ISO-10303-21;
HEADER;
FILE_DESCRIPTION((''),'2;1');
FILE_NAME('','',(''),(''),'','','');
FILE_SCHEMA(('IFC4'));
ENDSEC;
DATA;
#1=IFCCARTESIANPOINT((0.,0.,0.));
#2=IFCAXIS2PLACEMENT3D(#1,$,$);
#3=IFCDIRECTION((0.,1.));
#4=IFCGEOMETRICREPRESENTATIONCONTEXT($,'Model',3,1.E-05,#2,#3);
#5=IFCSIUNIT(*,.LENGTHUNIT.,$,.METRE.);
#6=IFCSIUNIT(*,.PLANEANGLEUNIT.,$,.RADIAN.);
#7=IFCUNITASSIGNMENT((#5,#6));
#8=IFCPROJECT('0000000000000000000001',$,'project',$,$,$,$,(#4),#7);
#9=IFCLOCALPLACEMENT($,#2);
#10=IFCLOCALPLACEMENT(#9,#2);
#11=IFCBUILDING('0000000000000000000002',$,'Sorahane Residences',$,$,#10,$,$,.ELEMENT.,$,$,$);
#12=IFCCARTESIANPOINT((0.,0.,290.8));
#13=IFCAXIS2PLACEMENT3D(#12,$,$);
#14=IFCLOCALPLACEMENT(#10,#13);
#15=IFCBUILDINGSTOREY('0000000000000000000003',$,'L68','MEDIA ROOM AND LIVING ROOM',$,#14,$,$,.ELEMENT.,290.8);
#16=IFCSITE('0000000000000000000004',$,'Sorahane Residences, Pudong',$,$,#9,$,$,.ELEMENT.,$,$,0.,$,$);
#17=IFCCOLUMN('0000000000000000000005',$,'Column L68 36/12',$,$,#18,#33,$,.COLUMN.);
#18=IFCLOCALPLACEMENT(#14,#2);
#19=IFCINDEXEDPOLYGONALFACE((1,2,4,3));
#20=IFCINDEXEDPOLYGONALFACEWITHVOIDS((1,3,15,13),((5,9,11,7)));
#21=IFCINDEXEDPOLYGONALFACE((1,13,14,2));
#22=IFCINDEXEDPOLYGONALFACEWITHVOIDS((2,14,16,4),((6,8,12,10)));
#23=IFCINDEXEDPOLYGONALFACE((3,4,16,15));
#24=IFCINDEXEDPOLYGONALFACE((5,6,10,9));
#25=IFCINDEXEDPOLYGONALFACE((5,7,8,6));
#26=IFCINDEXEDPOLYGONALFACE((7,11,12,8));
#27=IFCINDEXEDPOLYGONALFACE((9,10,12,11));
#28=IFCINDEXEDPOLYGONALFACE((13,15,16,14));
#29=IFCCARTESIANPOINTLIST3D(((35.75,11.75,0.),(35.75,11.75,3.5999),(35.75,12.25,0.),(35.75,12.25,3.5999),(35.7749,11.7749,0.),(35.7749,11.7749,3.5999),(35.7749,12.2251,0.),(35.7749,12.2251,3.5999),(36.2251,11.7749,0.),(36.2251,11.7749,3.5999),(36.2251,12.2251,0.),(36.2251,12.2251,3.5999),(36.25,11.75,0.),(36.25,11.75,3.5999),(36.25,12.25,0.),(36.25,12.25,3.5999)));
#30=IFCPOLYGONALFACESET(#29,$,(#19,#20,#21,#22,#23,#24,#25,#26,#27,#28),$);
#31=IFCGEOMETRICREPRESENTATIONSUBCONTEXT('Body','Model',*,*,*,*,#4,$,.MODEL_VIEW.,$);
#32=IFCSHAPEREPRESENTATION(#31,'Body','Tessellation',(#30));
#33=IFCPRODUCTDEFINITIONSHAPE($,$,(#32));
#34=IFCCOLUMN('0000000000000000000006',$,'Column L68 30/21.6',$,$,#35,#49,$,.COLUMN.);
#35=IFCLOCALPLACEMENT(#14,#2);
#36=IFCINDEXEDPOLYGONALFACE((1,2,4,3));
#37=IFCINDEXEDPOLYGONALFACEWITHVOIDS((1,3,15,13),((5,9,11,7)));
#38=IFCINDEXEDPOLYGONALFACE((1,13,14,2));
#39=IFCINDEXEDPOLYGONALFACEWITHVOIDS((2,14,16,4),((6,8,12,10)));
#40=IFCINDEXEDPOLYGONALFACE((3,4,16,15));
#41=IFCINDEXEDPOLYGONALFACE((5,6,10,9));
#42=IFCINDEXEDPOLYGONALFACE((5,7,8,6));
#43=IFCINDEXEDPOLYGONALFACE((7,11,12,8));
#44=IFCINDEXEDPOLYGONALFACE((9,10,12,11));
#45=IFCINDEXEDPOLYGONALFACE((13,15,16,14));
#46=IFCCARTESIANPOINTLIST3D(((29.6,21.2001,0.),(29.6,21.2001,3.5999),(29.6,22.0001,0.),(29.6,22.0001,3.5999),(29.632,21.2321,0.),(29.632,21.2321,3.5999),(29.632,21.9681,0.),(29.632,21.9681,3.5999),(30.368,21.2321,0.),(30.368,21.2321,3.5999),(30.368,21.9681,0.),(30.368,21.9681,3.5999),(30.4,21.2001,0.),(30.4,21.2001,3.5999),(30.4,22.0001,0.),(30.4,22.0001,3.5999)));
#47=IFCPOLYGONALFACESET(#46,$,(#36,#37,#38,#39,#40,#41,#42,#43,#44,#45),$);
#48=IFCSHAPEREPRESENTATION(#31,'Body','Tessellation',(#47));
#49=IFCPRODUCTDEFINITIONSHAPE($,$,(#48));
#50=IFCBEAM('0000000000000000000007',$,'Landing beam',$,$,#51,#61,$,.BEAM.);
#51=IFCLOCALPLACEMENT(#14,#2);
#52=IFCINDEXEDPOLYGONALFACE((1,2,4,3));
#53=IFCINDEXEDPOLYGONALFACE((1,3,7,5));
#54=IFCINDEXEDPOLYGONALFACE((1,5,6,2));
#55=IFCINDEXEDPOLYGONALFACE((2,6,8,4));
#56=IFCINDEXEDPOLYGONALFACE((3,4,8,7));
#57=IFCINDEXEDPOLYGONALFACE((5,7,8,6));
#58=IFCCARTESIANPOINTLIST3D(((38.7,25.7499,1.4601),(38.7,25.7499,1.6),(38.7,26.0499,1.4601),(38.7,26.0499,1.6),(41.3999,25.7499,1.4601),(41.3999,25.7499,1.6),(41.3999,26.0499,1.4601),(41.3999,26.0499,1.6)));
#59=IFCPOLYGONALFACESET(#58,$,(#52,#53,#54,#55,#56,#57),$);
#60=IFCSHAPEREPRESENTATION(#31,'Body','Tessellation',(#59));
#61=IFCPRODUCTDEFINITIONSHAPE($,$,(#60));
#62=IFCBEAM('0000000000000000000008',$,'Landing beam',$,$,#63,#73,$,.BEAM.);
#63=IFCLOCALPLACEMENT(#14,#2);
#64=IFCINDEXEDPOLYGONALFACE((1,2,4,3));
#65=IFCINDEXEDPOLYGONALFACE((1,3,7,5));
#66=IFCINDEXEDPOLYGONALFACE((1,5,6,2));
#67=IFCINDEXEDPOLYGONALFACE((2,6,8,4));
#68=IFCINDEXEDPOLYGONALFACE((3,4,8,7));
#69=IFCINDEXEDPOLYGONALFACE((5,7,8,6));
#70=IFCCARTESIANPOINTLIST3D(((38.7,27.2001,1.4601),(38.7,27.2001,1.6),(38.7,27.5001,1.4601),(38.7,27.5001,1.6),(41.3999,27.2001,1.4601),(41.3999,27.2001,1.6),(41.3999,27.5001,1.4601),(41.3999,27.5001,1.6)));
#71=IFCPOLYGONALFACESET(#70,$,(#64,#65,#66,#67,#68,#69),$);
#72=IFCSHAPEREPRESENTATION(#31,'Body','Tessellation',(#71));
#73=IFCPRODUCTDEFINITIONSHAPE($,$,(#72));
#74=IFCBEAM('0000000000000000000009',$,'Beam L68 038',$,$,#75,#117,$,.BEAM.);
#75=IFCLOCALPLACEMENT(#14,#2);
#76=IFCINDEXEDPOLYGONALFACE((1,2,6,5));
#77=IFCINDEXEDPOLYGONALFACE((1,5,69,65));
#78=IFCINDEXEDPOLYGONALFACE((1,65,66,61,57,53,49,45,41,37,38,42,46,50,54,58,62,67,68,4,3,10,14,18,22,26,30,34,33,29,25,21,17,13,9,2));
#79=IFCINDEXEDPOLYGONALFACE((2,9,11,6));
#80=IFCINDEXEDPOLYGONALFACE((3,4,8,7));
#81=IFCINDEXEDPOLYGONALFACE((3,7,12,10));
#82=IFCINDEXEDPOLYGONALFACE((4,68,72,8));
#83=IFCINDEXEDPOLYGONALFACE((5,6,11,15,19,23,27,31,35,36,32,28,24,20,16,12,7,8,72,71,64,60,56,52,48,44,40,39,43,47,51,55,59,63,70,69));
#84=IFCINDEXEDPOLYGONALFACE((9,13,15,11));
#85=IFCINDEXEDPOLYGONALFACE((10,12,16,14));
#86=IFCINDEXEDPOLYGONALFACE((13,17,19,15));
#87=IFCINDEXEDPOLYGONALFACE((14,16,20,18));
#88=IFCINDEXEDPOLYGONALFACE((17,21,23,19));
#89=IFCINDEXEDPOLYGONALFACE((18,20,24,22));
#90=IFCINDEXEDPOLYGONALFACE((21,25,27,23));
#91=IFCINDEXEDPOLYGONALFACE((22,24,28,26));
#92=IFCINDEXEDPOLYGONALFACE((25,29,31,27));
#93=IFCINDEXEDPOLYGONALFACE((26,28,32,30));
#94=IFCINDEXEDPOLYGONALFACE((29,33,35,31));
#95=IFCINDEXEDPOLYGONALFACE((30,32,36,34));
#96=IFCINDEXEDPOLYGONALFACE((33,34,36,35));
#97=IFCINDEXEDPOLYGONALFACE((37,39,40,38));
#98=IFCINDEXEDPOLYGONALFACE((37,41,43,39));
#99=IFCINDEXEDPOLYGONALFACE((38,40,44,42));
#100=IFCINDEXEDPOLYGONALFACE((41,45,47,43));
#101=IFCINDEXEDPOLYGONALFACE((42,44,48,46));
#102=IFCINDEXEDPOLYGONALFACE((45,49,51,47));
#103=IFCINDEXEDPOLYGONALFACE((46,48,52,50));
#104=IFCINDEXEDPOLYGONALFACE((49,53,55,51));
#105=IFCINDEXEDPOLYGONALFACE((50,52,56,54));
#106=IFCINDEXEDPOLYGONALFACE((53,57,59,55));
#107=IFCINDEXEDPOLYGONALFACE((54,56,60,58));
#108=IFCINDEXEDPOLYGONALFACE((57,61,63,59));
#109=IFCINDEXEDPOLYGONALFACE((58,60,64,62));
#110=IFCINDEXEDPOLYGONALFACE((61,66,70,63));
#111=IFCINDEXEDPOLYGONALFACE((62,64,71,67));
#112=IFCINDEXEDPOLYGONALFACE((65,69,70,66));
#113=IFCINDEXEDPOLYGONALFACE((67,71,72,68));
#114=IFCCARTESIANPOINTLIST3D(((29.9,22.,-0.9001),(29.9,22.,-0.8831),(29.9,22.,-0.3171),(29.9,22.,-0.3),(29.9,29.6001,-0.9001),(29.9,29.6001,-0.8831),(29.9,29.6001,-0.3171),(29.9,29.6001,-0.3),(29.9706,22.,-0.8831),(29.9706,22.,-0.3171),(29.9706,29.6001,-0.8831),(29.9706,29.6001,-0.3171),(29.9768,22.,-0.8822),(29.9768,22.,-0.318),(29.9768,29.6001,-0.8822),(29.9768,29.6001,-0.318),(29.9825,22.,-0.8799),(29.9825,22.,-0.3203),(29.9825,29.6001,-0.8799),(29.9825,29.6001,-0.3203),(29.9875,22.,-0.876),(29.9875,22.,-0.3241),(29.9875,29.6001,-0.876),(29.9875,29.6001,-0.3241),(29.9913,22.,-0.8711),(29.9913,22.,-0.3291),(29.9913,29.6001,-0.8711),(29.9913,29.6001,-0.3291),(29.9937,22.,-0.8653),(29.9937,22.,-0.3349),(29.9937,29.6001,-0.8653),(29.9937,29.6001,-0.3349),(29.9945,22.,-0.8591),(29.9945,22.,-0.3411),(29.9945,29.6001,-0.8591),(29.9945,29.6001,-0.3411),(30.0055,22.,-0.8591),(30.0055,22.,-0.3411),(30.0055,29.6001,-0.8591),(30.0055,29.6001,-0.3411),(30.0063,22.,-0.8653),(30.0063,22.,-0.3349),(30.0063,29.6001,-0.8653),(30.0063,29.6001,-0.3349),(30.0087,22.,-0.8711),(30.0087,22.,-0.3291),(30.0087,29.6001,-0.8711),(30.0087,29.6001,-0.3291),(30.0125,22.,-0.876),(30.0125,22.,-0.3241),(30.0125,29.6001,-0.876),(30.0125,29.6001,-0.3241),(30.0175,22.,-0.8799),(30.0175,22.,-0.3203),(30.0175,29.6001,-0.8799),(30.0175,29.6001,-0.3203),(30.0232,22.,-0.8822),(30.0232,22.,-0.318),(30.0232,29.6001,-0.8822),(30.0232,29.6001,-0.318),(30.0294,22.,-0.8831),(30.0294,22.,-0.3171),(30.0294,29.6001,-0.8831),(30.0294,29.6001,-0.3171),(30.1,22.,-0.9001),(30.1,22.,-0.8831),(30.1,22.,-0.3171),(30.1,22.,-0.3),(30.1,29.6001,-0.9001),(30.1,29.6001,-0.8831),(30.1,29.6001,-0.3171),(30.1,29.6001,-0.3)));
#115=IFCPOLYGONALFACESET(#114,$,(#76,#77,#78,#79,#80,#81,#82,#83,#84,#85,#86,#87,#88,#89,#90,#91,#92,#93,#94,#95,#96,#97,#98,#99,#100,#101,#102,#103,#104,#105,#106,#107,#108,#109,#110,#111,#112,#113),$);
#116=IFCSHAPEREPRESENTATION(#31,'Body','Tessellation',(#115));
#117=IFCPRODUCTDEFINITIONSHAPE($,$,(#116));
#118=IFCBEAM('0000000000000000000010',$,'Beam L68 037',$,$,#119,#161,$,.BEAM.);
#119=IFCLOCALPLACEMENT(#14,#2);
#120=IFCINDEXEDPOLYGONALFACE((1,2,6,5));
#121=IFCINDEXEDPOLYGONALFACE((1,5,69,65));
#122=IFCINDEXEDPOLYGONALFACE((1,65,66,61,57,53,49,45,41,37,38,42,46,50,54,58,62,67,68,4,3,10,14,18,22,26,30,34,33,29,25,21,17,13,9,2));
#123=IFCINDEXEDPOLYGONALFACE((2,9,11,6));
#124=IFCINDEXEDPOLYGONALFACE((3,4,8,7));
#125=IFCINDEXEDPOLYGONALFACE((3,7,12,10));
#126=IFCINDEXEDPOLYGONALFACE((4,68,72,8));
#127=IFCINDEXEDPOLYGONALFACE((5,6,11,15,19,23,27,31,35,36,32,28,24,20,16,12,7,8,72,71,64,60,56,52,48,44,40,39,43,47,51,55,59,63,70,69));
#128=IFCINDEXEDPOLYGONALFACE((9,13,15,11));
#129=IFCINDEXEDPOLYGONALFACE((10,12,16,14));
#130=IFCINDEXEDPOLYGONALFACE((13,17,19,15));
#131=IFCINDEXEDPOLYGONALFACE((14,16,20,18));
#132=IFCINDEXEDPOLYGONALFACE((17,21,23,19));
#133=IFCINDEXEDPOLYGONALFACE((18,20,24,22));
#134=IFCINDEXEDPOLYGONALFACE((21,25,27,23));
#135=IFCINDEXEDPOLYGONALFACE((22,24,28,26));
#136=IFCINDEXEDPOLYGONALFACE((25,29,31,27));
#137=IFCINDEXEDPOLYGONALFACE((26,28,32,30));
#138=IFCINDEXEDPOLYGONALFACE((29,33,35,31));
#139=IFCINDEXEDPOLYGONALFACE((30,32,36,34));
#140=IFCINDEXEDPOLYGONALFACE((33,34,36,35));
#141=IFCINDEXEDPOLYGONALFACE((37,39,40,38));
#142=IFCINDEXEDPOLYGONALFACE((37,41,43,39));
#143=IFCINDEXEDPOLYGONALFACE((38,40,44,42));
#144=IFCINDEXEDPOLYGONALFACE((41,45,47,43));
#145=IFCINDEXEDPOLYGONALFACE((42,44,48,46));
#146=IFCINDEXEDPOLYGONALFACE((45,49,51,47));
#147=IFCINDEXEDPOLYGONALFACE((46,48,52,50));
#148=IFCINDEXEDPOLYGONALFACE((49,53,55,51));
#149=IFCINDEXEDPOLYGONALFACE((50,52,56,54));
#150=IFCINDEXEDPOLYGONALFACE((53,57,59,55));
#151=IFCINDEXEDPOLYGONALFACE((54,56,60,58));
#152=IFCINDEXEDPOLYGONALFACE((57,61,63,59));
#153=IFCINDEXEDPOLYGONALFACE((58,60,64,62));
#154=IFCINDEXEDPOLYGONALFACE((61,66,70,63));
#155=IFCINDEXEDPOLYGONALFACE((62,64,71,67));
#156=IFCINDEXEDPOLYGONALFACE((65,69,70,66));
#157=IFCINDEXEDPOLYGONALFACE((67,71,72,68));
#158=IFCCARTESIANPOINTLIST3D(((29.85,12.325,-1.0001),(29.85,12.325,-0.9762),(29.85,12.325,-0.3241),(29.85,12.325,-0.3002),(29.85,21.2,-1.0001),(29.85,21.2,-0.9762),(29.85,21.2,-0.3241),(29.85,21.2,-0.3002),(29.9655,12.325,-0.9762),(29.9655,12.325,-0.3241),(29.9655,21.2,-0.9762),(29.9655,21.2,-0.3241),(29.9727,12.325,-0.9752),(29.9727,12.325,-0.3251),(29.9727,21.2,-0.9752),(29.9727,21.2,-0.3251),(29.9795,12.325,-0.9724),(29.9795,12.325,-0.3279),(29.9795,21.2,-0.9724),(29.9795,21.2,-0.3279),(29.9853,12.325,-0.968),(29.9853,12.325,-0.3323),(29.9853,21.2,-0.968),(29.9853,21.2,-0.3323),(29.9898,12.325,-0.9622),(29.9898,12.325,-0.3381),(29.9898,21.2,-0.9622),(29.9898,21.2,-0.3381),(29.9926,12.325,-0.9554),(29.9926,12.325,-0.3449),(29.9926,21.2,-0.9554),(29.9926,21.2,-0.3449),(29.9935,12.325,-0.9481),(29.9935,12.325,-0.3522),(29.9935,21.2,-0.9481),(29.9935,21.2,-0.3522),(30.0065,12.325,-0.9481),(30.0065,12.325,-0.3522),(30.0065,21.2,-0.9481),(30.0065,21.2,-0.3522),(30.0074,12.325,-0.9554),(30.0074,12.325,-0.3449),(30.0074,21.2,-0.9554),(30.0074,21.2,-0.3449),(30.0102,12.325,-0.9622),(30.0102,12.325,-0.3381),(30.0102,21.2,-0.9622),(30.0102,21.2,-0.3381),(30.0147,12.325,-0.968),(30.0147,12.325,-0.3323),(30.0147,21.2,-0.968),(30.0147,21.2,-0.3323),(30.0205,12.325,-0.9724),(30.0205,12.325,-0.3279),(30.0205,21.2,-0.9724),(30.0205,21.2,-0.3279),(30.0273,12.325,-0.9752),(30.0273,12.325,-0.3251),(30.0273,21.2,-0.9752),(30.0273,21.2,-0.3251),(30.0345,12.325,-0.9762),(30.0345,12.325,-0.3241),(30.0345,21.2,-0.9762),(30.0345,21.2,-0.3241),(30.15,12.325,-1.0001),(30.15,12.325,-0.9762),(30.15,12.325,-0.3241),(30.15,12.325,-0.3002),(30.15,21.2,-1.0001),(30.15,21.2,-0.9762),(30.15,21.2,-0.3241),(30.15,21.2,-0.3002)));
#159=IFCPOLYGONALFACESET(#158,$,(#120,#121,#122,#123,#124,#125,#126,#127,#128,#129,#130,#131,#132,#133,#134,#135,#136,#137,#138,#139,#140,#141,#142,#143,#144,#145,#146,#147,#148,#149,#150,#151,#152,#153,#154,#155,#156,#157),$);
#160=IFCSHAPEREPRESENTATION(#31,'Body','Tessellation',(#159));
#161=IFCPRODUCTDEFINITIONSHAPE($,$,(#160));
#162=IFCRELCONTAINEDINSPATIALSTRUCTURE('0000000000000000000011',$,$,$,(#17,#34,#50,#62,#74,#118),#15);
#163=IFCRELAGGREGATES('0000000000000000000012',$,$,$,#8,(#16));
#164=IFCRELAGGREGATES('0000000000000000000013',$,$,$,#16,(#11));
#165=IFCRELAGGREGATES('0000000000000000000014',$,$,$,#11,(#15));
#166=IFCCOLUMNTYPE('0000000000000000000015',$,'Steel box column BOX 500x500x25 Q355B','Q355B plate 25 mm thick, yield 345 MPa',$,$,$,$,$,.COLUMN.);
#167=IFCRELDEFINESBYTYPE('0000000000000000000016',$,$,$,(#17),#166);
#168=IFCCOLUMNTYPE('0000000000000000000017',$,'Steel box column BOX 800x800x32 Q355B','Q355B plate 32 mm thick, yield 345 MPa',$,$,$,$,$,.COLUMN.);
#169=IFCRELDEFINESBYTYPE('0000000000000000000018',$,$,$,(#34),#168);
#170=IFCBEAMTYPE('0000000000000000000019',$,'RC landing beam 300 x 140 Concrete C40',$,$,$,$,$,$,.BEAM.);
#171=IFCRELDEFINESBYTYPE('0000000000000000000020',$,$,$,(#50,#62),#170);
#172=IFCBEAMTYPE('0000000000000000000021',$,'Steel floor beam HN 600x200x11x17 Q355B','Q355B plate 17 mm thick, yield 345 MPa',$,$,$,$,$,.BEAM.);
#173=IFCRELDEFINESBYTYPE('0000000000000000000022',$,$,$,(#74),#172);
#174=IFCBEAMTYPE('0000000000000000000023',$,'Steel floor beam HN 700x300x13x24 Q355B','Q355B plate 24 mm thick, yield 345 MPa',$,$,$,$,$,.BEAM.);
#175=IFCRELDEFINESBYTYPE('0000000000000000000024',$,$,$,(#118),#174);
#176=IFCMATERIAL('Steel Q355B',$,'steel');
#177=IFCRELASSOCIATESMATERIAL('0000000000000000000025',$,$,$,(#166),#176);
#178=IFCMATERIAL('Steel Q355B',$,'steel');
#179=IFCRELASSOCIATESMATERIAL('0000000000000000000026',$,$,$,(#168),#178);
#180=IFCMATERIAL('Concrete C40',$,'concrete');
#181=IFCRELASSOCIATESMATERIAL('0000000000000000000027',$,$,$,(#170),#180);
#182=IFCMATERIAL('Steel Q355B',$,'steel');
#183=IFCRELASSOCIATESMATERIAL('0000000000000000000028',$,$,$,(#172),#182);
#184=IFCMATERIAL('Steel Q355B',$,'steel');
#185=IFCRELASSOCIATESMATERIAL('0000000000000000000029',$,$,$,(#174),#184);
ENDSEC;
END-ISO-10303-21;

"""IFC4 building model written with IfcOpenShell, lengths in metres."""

from ifc_helpers import new_model, si_unit, direction, frame, origin, origin_2d, place, context, subcontext, project, spatial, rectangle, hollow_rectangle, i_section, extrude, material, material_profile, profile_set, type_object, element, save


model = new_model("IFC4")

# Units and contexts
model_context = context("Model", 3, precision=1e-05, world=origin(), true_north=direction((0.0, 1.0)))
body_context = subcontext(model_context, "Body", "Model", "MODEL_VIEW")
ifc_project = project(units=[si_unit("LENGTHUNIT", "METRE"), si_unit("PLANEANGLEUNIT", "RADIAN")], contexts=[model_context])

# Site, building, storey
site_placement = place(None, origin())
site = spatial("IfcSite", under=ifc_project, at=site_placement, Name="Sorahane Residences, Pudong", CompositionType="ELEMENT", RefElevation=0.0)
building_placement = place(site_placement, origin())
building = spatial("IfcBuilding", under=site, at=building_placement, Name="Sorahane Residences", CompositionType="ELEMENT")
storey_placement = place(building_placement, frame((0.0, 0.0, 290.8)))
storey = spatial("IfcBuildingStorey", under=building, at=storey_placement, Name="L68", Description="MEDIA ROOM AND LIVING ROOM", CompositionType="ELEMENT", Elevation=290.8)

# Columns
ifc_material_1 = material(Name="Steel Q355B", Category="steel")
ifc_material_profile_1 = material_profile(ifc_material_1, hollow_rectangle(XDim=0.5, YDim=0.5, WallThickness=0.0249, at=origin_2d()), Name="BOX 500x500x25")
ifc_profile_set_1 = profile_set([ifc_material_profile_1], Name="Steel Q355B")
column_type_1 = type_object("IfcColumnType", Name="Steel box column BOX 500x500x25 Q355B", Description="Q355B plate 25 mm thick, yield 345 MPa", PredefinedType="COLUMN", material=ifc_profile_set_1)
column_1_placement = place(storey_placement, frame((36.0, 12.0, 0.0), z_axis=(0.0, 0.0, 1.0), x_axis=(1.0, 0.0, 0.0)))
element("IfcColumn", 1, at=column_1_placement, inside=storey, type_object=column_type_1, Name="Column L68 36/12", PredefinedType="COLUMN", context=body_context, shape_type="SweptSolid", body=[
    extrude(hollow_rectangle(XDim=0.5, YDim=0.5, WallThickness=0.0249, at=origin_2d()), origin(), (0.0, 0.0, 1.0), 3.5999),
])
ifc_material_2 = material(Name="Steel Q355B", Category="steel")
ifc_material_profile_2 = material_profile(ifc_material_2, hollow_rectangle(XDim=0.8, YDim=0.8, WallThickness=0.032, at=origin_2d()), Name="BOX 800x800x32")
ifc_profile_set_2 = profile_set([ifc_material_profile_2], Name="Steel Q355B")
column_type_2 = type_object("IfcColumnType", Name="Steel box column BOX 800x800x32 Q355B", Description="Q355B plate 32 mm thick, yield 345 MPa", PredefinedType="COLUMN", material=ifc_profile_set_2)
column_2_placement = place(storey_placement, frame((30.0, 21.6001, 0.0), z_axis=(0.0, 0.0, 1.0), x_axis=(1.0, 0.0, 0.0)))
element("IfcColumn", 2, at=column_2_placement, inside=storey, type_object=column_type_2, Name="Column L68 30/21.6", PredefinedType="COLUMN", context=body_context, shape_type="SweptSolid", body=[
    extrude(hollow_rectangle(XDim=0.8, YDim=0.8, WallThickness=0.032, at=origin_2d()), origin(), (0.0, 0.0, 1.0), 3.5999),
])

# Beams
ifc_material_3 = material(Name="Concrete C40", Category="concrete")
ifc_material_profile_3 = material_profile(ifc_material_3, rectangle(XDim=0.3, YDim=0.1399, at=origin_2d()), Name="300x140")
ifc_profile_set_3 = profile_set([ifc_material_profile_3], Name="Concrete C40")
beam_type_1 = type_object("IfcBeamType", Name="RC landing beam 300 x 140 Concrete C40", PredefinedType="BEAM", material=ifc_profile_set_3)
for number, where, z_axis, x_axis, name in (
    (3, (38.7, 25.8999, 1.53), (1.0, 0.0, 0.0), (0.0, 1.0, 0.0), "Landing beam"),
    (4, (38.7, 27.3501, 1.53), (1.0, 0.0, 0.0), (0.0, 1.0, 0.0), "Landing beam"),
):
    element("IfcBeam", number, at=place(storey_placement, frame(where, z_axis=z_axis, x_axis=x_axis)), inside=storey, type_object=beam_type_1, Name=name, PredefinedType="BEAM", context=body_context, shape_type="SweptSolid", body=[
        extrude(rectangle(XDim=0.3, YDim=0.1399, at=origin_2d()), origin(), (0.0, 0.0, 1.0), 2.7),
    ])
ifc_material_4 = material(Name="Steel Q355B", Category="steel")
ifc_material_profile_4 = material_profile(ifc_material_4, i_section(OverallWidth=0.2, OverallDepth=0.6001, WebThickness=0.011, FlangeThickness=0.0171, FilletRadius=0.0239, at=origin_2d()), Name="HN 600x200x11x17")
ifc_profile_set_4 = profile_set([ifc_material_profile_4], Name="Steel Q355B")
beam_type_2 = type_object("IfcBeamType", Name="Steel floor beam HN 600x200x11x17 Q355B", Description="Q355B plate 17 mm thick, yield 345 MPa", PredefinedType="BEAM", material=ifc_profile_set_4)
beam_1_placement = place(storey_placement, frame((30.0, 22.0, -0.6001), z_axis=(0.0, 1.0, 0.0), x_axis=(-1.0, 0.0, 0.0)))
element("IfcBeam", 5, at=beam_1_placement, inside=storey, type_object=beam_type_2, Name="Beam L68 038", PredefinedType="BEAM", context=body_context, shape_type="SweptSolid", body=[
    extrude(i_section(OverallWidth=0.2, OverallDepth=0.6001, WebThickness=0.011, FlangeThickness=0.0171, FilletRadius=0.0239, at=origin_2d()), origin(), (0.0, 0.0, 1.0), 7.6001),
])
ifc_material_5 = material(Name="Steel Q355B", Category="steel")
ifc_material_profile_5 = material_profile(ifc_material_5, i_section(OverallWidth=0.3, OverallDepth=0.7, WebThickness=0.0129, FlangeThickness=0.0239, FilletRadius=0.0281, at=origin_2d()), Name="HN 700x300x13x24")
ifc_profile_set_5 = profile_set([ifc_material_profile_5], Name="Steel Q355B")
beam_type_3 = type_object("IfcBeamType", Name="Steel floor beam HN 700x300x13x24 Q355B", Description="Q355B plate 24 mm thick, yield 345 MPa", PredefinedType="BEAM", material=ifc_profile_set_5)
beam_2_placement = place(storey_placement, frame((30.0, 12.325, -0.6501), z_axis=(0.0, 1.0, 0.0), x_axis=(-1.0, 0.0, 0.0)))
element("IfcBeam", 6, at=beam_2_placement, inside=storey, type_object=beam_type_3, Name="Beam L68 037", PredefinedType="BEAM", context=body_context, shape_type="SweptSolid", body=[
    extrude(i_section(OverallWidth=0.3, OverallDepth=0.7, WebThickness=0.0129, FlangeThickness=0.0239, FilletRadius=0.0281, at=origin_2d()), origin(), (0.0, 0.0, 1.0), 8.875),
])

save(model, "model.ifc")
